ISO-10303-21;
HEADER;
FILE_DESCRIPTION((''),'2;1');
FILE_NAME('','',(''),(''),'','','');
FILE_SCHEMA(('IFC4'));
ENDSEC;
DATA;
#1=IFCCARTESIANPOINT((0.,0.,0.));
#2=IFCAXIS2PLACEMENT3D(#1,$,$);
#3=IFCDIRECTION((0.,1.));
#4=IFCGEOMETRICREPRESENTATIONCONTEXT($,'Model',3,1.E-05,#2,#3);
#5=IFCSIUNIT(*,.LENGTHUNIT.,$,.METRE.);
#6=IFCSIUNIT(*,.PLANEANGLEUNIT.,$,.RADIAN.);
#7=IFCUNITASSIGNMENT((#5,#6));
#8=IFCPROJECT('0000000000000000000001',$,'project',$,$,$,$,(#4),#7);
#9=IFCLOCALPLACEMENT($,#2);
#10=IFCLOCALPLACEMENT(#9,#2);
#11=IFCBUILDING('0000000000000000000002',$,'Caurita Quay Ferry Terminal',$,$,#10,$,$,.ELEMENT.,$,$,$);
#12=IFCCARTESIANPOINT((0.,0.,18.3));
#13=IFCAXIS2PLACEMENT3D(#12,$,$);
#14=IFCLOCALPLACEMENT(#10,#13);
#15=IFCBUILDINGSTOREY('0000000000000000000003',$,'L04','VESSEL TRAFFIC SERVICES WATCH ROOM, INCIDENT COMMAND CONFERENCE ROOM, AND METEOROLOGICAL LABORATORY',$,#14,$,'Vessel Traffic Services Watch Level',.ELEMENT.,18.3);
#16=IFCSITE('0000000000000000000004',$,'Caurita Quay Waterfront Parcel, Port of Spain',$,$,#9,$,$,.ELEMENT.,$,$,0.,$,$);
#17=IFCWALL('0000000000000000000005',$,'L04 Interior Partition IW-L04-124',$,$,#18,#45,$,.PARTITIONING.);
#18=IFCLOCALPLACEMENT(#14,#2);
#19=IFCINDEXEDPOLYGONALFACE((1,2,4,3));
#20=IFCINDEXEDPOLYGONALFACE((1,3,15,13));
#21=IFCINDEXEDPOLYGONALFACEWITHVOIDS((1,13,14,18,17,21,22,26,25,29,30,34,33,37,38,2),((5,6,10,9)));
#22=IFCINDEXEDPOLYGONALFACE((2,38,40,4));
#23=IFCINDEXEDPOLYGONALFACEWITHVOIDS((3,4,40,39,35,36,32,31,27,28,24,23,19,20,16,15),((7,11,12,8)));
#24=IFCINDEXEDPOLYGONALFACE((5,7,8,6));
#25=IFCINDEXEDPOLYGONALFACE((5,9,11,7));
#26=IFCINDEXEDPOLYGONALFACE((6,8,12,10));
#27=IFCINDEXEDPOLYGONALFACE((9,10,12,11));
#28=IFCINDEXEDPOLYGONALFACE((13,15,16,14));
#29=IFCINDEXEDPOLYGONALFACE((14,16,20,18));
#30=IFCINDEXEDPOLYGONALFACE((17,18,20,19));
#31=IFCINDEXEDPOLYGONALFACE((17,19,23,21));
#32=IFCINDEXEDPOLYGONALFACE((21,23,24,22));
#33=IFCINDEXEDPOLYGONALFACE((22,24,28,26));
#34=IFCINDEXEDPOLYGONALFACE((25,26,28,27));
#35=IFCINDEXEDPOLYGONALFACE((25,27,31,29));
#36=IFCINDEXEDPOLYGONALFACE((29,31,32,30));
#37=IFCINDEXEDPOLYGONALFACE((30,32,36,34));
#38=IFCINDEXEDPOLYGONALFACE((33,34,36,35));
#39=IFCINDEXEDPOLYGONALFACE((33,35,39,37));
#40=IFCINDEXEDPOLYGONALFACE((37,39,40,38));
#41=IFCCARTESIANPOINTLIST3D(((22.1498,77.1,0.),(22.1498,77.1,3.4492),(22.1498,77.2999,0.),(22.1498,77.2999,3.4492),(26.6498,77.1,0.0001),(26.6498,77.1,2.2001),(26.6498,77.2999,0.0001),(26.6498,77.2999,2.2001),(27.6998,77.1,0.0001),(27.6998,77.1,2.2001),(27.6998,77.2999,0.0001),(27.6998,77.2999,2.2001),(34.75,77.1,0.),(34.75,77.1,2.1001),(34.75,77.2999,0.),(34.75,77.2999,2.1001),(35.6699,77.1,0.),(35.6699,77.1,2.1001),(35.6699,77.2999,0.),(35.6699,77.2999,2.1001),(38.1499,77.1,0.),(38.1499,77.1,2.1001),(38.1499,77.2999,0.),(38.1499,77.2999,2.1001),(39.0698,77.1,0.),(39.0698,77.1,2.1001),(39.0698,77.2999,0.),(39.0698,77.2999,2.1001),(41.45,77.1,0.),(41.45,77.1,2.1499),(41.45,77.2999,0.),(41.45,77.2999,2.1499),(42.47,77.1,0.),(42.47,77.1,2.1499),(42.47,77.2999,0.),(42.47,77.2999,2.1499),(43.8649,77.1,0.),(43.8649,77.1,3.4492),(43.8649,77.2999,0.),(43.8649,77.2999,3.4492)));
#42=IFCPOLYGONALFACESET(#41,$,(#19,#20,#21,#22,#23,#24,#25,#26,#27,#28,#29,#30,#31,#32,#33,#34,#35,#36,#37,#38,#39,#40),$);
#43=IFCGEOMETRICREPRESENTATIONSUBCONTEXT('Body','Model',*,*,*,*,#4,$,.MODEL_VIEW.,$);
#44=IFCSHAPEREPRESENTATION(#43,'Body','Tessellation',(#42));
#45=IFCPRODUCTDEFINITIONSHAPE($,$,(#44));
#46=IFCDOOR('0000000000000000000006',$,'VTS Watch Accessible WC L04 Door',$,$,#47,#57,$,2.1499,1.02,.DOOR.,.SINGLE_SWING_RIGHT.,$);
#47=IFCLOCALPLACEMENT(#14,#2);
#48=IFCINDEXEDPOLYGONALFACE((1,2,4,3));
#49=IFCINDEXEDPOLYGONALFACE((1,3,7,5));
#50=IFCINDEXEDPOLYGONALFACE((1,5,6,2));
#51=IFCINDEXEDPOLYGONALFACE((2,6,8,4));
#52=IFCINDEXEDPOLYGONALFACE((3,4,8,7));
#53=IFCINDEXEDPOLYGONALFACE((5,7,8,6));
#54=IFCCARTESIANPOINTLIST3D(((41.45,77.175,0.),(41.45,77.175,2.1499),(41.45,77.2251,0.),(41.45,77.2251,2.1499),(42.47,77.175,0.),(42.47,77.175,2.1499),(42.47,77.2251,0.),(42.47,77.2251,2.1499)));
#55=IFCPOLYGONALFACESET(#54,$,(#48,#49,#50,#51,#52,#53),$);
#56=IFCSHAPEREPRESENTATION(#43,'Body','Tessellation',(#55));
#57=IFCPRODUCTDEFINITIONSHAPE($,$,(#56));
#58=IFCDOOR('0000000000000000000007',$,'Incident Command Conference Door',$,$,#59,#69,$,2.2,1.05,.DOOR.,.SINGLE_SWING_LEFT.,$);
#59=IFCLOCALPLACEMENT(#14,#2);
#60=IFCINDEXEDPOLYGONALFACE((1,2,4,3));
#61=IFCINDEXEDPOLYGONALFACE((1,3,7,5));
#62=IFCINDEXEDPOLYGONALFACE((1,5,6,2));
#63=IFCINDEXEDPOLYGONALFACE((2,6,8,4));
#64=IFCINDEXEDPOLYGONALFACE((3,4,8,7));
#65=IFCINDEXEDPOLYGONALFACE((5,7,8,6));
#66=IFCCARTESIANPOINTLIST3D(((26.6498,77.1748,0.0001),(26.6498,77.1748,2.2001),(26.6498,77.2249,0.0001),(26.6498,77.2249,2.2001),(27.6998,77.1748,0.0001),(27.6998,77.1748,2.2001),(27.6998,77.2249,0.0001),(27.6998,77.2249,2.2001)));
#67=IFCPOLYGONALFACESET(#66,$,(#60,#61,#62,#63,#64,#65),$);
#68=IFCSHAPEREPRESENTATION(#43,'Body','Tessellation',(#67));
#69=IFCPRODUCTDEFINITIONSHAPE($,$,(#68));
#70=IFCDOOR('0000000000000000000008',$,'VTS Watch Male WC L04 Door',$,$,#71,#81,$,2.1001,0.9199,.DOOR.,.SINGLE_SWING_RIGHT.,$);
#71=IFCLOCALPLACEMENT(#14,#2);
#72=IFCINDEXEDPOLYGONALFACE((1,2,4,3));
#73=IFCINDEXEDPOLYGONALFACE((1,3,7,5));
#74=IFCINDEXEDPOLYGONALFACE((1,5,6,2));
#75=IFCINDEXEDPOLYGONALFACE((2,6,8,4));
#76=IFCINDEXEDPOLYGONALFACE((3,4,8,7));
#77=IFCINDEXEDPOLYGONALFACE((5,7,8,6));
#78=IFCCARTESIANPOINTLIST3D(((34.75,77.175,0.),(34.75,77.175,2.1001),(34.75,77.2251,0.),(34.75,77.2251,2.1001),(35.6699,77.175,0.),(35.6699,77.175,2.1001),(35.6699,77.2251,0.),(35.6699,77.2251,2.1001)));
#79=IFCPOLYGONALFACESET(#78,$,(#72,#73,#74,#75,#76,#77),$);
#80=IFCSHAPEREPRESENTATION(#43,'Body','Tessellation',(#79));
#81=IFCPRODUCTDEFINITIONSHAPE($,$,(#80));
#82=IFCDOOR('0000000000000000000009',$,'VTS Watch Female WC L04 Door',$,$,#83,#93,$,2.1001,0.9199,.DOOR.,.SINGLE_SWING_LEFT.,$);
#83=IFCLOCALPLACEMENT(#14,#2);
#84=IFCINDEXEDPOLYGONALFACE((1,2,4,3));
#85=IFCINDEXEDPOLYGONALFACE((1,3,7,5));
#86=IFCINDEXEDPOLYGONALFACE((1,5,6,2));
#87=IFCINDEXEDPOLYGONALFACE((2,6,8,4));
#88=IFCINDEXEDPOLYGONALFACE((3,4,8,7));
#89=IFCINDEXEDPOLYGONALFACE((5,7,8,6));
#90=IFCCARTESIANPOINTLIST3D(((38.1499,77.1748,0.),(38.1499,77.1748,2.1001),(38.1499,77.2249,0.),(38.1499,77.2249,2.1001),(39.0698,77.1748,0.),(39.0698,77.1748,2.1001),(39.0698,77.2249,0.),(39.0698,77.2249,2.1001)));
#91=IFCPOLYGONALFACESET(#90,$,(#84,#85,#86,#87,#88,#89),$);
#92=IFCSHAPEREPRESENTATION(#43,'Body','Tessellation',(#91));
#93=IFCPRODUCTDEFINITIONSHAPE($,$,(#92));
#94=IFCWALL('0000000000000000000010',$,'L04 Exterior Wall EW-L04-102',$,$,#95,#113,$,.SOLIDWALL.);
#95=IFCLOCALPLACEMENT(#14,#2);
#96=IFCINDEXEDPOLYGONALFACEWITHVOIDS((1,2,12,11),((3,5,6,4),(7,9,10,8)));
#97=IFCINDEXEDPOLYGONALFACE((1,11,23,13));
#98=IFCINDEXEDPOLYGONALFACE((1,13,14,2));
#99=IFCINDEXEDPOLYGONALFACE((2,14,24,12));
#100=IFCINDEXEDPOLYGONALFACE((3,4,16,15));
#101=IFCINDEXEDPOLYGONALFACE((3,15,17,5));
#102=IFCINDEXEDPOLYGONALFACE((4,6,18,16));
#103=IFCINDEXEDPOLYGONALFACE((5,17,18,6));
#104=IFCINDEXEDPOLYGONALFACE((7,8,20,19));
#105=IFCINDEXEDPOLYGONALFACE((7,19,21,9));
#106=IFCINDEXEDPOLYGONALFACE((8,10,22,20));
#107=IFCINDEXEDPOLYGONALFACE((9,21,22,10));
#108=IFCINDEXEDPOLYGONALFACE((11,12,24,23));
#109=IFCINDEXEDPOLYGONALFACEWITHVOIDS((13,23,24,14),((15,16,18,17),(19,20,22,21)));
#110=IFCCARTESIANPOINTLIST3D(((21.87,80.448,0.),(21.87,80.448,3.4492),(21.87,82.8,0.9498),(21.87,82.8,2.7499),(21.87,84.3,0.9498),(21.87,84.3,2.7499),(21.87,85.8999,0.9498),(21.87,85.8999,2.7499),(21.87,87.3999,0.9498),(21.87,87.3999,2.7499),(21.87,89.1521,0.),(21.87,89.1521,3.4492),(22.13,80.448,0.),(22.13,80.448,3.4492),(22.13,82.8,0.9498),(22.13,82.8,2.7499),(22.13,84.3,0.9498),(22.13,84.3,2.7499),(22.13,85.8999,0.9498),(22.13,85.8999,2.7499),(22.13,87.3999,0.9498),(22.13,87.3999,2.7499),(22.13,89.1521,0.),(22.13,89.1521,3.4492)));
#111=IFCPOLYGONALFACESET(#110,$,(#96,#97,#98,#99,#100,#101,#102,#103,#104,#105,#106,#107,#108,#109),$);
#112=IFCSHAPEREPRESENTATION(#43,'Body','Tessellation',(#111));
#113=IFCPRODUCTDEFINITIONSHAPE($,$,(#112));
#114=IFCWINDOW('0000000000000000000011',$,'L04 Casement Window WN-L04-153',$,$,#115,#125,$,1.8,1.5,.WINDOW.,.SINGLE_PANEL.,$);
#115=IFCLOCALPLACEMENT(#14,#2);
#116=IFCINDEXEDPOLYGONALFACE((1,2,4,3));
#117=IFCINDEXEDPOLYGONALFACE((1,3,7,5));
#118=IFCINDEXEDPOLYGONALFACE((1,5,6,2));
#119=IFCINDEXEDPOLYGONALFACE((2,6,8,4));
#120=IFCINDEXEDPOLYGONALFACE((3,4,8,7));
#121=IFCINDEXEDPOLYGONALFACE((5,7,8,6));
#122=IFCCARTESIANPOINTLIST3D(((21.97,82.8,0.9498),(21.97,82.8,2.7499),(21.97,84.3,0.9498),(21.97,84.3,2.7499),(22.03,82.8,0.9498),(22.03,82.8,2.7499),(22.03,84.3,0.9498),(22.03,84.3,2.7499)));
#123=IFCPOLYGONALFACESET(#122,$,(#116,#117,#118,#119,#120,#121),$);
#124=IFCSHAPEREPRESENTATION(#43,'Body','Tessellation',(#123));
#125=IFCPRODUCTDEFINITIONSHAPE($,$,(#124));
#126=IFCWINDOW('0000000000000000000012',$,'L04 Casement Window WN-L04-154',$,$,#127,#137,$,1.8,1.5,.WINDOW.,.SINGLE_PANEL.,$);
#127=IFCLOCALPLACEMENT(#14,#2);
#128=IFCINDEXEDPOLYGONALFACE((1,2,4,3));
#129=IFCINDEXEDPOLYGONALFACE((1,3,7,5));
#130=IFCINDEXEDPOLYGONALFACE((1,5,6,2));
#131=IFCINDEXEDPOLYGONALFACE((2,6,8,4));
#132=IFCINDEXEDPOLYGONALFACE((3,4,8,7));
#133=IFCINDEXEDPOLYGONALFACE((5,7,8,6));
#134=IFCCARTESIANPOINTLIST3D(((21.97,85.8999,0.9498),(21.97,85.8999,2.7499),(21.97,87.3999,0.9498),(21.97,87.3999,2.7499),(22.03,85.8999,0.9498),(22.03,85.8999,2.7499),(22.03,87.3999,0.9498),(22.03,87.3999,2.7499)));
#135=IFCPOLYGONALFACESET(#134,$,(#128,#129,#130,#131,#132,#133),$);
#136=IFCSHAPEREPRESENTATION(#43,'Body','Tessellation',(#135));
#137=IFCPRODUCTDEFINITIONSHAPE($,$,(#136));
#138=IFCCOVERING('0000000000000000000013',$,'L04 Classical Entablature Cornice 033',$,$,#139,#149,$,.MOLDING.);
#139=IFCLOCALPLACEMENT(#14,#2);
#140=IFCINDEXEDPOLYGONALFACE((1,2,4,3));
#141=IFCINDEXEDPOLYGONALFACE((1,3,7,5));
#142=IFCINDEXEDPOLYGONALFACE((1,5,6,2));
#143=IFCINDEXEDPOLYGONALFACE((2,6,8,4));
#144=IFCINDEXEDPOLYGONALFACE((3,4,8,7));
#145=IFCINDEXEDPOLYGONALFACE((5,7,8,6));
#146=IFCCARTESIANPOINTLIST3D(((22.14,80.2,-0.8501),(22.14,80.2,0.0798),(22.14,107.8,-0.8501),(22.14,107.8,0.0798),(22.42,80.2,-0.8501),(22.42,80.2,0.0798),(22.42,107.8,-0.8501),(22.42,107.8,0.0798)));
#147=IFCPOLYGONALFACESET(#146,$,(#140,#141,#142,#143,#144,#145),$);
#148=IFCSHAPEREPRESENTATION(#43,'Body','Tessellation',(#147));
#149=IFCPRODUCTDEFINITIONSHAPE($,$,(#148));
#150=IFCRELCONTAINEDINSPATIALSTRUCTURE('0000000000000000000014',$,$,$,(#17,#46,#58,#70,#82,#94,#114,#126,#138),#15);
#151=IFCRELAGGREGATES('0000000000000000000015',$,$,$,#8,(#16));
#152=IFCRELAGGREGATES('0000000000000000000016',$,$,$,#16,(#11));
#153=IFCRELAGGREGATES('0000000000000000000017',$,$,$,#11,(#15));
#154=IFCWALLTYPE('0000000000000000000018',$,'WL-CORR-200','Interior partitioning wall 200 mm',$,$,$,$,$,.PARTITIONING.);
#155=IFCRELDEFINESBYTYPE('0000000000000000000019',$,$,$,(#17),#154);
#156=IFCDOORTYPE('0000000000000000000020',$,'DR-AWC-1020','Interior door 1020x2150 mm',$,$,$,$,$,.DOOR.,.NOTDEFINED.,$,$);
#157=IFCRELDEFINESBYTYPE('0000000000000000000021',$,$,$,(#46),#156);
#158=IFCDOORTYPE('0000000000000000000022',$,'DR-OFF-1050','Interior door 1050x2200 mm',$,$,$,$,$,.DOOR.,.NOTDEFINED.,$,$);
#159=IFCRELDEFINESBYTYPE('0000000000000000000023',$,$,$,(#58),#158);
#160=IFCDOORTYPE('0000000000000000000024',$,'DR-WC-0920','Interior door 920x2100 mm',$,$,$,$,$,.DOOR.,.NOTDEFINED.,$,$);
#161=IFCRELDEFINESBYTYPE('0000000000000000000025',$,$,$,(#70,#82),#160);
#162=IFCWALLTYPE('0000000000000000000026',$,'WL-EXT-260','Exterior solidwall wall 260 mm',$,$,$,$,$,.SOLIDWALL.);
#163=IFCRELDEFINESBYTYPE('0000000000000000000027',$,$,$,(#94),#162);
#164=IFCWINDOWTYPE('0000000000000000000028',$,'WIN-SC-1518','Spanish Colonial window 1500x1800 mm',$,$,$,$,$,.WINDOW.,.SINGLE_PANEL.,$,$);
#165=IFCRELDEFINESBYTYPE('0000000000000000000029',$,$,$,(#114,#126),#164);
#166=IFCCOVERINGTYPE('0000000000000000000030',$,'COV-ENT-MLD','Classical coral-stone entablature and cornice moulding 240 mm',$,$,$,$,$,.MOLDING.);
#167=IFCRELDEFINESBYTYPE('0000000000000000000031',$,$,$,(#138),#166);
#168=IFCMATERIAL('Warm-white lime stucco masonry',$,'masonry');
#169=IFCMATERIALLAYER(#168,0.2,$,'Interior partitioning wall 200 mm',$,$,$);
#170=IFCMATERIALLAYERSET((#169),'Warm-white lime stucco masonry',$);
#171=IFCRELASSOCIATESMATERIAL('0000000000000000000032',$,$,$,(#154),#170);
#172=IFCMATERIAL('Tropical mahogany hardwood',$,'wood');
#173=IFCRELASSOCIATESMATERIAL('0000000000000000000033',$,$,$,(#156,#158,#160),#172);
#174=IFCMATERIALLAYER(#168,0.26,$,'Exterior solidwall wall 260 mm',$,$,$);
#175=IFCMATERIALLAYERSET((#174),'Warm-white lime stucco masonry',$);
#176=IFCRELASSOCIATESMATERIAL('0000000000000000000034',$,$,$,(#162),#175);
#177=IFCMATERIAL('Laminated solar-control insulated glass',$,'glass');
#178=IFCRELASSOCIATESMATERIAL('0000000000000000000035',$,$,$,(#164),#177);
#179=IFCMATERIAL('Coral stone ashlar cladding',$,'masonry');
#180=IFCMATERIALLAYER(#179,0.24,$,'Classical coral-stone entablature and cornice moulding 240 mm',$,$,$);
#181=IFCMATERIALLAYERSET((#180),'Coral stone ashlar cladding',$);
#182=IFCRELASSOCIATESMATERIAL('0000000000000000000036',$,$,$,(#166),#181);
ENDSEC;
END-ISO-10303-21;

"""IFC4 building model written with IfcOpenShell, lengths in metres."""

from ifc_helpers import new_model, si_unit, direction, frame, frame_2d, origin, place, context, subcontext, project, spatial, rectangle, extrude, material, layer, layer_set, type_object, element, fill, save


model = new_model("IFC4")

# Units and contexts
model_context = context("Model", 3, precision=1e-05, world=origin(), true_north=direction((0.0, 1.0)))
body_context = subcontext(model_context, "Body", "Model", "MODEL_VIEW")
ifc_project = project(units=[si_unit("LENGTHUNIT", "METRE"), si_unit("PLANEANGLEUNIT", "RADIAN")], contexts=[model_context])

# Site, building, storey
site_placement = place(None, origin())
site = spatial("IfcSite", under=ifc_project, at=site_placement, Name="Caurita Quay Waterfront Parcel, Port of Spain", CompositionType="ELEMENT", RefElevation=0.0)
building_placement = place(site_placement, origin())
building = spatial("IfcBuilding", under=site, at=building_placement, Name="Caurita Quay Ferry Terminal", CompositionType="ELEMENT")
storey_placement = place(building_placement, frame((0.0, 0.0, 18.3)))
storey = spatial("IfcBuildingStorey", under=building, at=storey_placement, Name="L04", Description="VESSEL TRAFFIC SERVICES WATCH ROOM, INCIDENT COMMAND CONFERENCE ROOM, AND METEOROLOGICAL LABORATORY", LongName="Vessel Traffic Services Watch Level", CompositionType="ELEMENT", Elevation=18.3)

# Shared definitions
ifc_material_1 = material(Name="Laminated solar-control insulated glass", Category="glass")

# Shared definitions
ifc_material_2 = material(Name="Warm-white lime stucco masonry", Category="masonry")

# Wall, openings, doors
ifc_layer_1 = layer(ifc_material_2, 0.2, Name="Interior partitioning wall 200 mm")
ifc_layer_set_1 = layer_set([ifc_layer_1], Name="Warm-white lime stucco masonry")
wall_type_1 = type_object("IfcWallType", Name="WL-CORR-200", Description="Interior partitioning wall 200 mm", PredefinedType="PARTITIONING", material=ifc_layer_set_1)
wall_1_placement = place(storey_placement, frame((22.1499, 77.2, 0.0), z_axis=(0.0, 0.0, 1.0), x_axis=(1.0, 0.0, 0.0)))
wall_1 = element("IfcWall", 1, at=wall_1_placement, inside=storey, type_object=wall_type_1, Name="L04 Interior Partition IW-L04-124", PredefinedType="PARTITIONING", context=body_context, shape_type="SweptSolid", body=[
    extrude(rectangle(XDim=21.7151, YDim=0.2, at=frame_2d((10.8574, 0.0))), origin(), (0.0, 0.0, 1.0), 3.4492),
])
opening_1_placement = place(wall_1_placement, frame((4.5, 0.0, 0.0)))
opening_1 = element("IfcOpeningElement", 2, at=opening_1_placement, cuts=wall_1, PredefinedType="OPENING", context=body_context, shape_type="SweptSolid", body=[
    extrude(rectangle(XDim=1.05, YDim=2.2, at=frame_2d((0.5249, 1.1001))), frame((0.0, 0.1099, 0.0), z_axis=(0.0, -1.0, 0.0), x_axis=(1.0, 0.0, 0.0)), (0.0, 0.0, 1.0), 0.22),
])
opening_2_placement = place(wall_1_placement, frame((12.6001, 0.0, 0.0)))
opening_2 = element("IfcOpeningElement", 3, at=opening_2_placement, cuts=wall_1, PredefinedType="OPENING", context=body_context, shape_type="SweptSolid", body=[
    extrude(rectangle(XDim=0.9199, YDim=2.1001, at=frame_2d((0.46, 1.05))), frame((0.0, 0.1099, 0.0), z_axis=(0.0, -1.0, 0.0), x_axis=(1.0, 0.0, 0.0)), (0.0, 0.0, 1.0), 0.22),
])
opening_3_placement = place(wall_1_placement, frame((16.0, 0.0, 0.0)))
opening_3 = element("IfcOpeningElement", 4, at=opening_3_placement, cuts=wall_1, PredefinedType="OPENING", context=body_context, shape_type="SweptSolid", body=[
    extrude(rectangle(XDim=0.9199, YDim=2.1001, at=frame_2d((0.46, 1.05))), frame((0.0, 0.1099, 0.0), z_axis=(0.0, -1.0, 0.0), x_axis=(1.0, 0.0, 0.0)), (0.0, 0.0, 1.0), 0.22),
])
opening_4_placement = place(wall_1_placement, frame((19.3, 0.0, 0.0)))
opening_4 = element("IfcOpeningElement", 5, at=opening_4_placement, cuts=wall_1, PredefinedType="OPENING", context=body_context, shape_type="SweptSolid", body=[
    extrude(rectangle(XDim=1.02, YDim=2.1499, at=frame_2d((0.51, 1.075))), frame((0.0, 0.1099, 0.0), z_axis=(0.0, -1.0, 0.0), x_axis=(1.0, 0.0, 0.0)), (0.0, 0.0, 1.0), 0.22),
])
ifc_material_3 = material(Name="Tropical mahogany hardwood", Category="wood")
door_type_1 = type_object("IfcDoorType", Name="DR-AWC-1020", Description="Interior door 1020x2150 mm", OperationType="NOTDEFINED", PredefinedType="DOOR", material=ifc_material_3)
door_1_placement = place(opening_4_placement, frame((1.02, 0.0, 0.0), z_axis=(0.0, 0.0, 1.0), x_axis=(-1.0, 0.0, 0.0)))
door_1 = element("IfcDoor", 6, at=door_1_placement, inside=storey, type_object=door_type_1, Name="VTS Watch Accessible WC L04 Door", OperationType="SINGLE_SWING_RIGHT", OverallHeight=2.1499, OverallWidth=1.02, PredefinedType="DOOR", context=body_context, shape_type="SweptSolid", body=[
    extrude(rectangle(XDim=1.02, YDim=2.1499, at=frame_2d((0.51, 1.075))), frame((0.0, 0.0249, 0.0), z_axis=(0.0, -1.0, 0.0), x_axis=(1.0, 0.0, 0.0)), (0.0, 0.0, 1.0), 0.05),
])
fill(opening_4, door_1)
door_type_2 = type_object("IfcDoorType", Name="DR-OFF-1050", Description="Interior door 1050x2200 mm", OperationType="NOTDEFINED", PredefinedType="DOOR", material=ifc_material_3)
door_2_placement = place(opening_1_placement, origin())
door_2 = element("IfcDoor", 7, at=door_2_placement, inside=storey, type_object=door_type_2, Name="Incident Command Conference Door", OperationType="SINGLE_SWING_LEFT", OverallHeight=2.2, OverallWidth=1.05, PredefinedType="DOOR", context=body_context, shape_type="SweptSolid", body=[
    extrude(rectangle(XDim=1.05, YDim=2.2, at=frame_2d((0.5249, 1.1001))), frame((0.0, 0.0249, 0.0), z_axis=(0.0, -1.0, 0.0), x_axis=(1.0, 0.0, 0.0)), (0.0, 0.0, 1.0), 0.05),
])
fill(opening_1, door_2)
door_type_3 = type_object("IfcDoorType", Name="DR-WC-0920", Description="Interior door 920x2100 mm", OperationType="NOTDEFINED", PredefinedType="DOOR", material=ifc_material_3)
door_3_placement = place(opening_2_placement, frame((0.9199, 0.0, 0.0), z_axis=(0.0, 0.0, 1.0), x_axis=(-1.0, 0.0, 0.0)))
door_3 = element("IfcDoor", 8, at=door_3_placement, inside=storey, type_object=door_type_3, Name="VTS Watch Male WC L04 Door", OperationType="SINGLE_SWING_RIGHT", OverallHeight=2.1001, OverallWidth=0.9199, PredefinedType="DOOR", context=body_context, shape_type="SweptSolid", body=[
    extrude(rectangle(XDim=0.9199, YDim=2.1001, at=frame_2d((0.46, 1.05))), frame((0.0, 0.0249, 0.0), z_axis=(0.0, -1.0, 0.0), x_axis=(1.0, 0.0, 0.0)), (0.0, 0.0, 1.0), 0.05),
])
fill(opening_2, door_3)
door_4_placement = place(opening_3_placement, origin())
door_4 = element("IfcDoor", 9, at=door_4_placement, inside=storey, type_object=door_type_3, Name="VTS Watch Female WC L04 Door", OperationType="SINGLE_SWING_LEFT", OverallHeight=2.1001, OverallWidth=0.9199, PredefinedType="DOOR", context=body_context, shape_type="SweptSolid", body=[
    extrude(rectangle(XDim=0.9199, YDim=2.1001, at=frame_2d((0.46, 1.05))), frame((0.0, 0.0249, 0.0), z_axis=(0.0, -1.0, 0.0), x_axis=(1.0, 0.0, 0.0)), (0.0, 0.0, 1.0), 0.05),
])
fill(opening_3, door_4)

# Wall, openings, windows
ifc_layer_2 = layer(ifc_material_2, 0.26, Name="Exterior solidwall wall 260 mm")
ifc_layer_set_2 = layer_set([ifc_layer_2], Name="Warm-white lime stucco masonry")
wall_type_2 = type_object("IfcWallType", Name="WL-EXT-260", Description="Exterior solidwall wall 260 mm", PredefinedType="SOLIDWALL", material=ifc_layer_set_2)
wall_2_placement = place(storey_placement, frame((22.0, 80.448, 0.0), z_axis=(0.0, 0.0, 1.0), x_axis=(0.0, 1.0, 0.0)))
wall_2 = element("IfcWall", 10, at=wall_2_placement, inside=storey, type_object=wall_type_2, Name="L04 Exterior Wall EW-L04-102", PredefinedType="SOLIDWALL", context=body_context, shape_type="SweptSolid", body=[
    extrude(rectangle(XDim=8.7041, YDim=0.26, at=frame_2d((4.3521, 0.0))), origin(), (0.0, 0.0, 1.0), 3.4492),
])
opening_5_placement = place(wall_2_placement, frame((2.3521, 0.0, 0.95)))
opening_5 = element("IfcOpeningElement", 11, at=opening_5_placement, cuts=wall_2, PredefinedType="OPENING", context=body_context, shape_type="SweptSolid", body=[
    extrude(rectangle(XDim=1.5, YDim=1.8, at=frame_2d((0.75, 0.8999))), frame((0.0, 0.1399, 0.0), z_axis=(0.0, -1.0, 0.0), x_axis=(1.0, 0.0, 0.0)), (0.0, 0.0, 1.0), 0.28),
])
opening_6_placement = place(wall_2_placement, frame((5.4519, 0.0, 0.95)))
opening_6 = element("IfcOpeningElement", 12, at=opening_6_placement, cuts=wall_2, PredefinedType="OPENING", context=body_context, shape_type="SweptSolid", body=[
    extrude(rectangle(XDim=1.5, YDim=1.8, at=frame_2d((0.75, 0.8999))), frame((0.0, 0.1399, 0.0), z_axis=(0.0, -1.0, 0.0), x_axis=(1.0, 0.0, 0.0)), (0.0, 0.0, 1.0), 0.28),
])
window_type = type_object("IfcWindowType", Name="WIN-SC-1518", Description="Spanish Colonial window 1500x1800 mm", PartitioningType="SINGLE_PANEL", PredefinedType="WINDOW", material=ifc_material_1)
window_1_placement = place(opening_5_placement, origin())
window_1 = element("IfcWindow", 13, at=window_1_placement, inside=storey, type_object=window_type, Name="L04 Casement Window WN-L04-153", OverallHeight=1.8, OverallWidth=1.5, PartitioningType="SINGLE_PANEL", PredefinedType="WINDOW", context=body_context, shape_type="SweptSolid", body=[
    extrude(rectangle(XDim=1.5, YDim=1.8, at=frame_2d((0.75, 0.8999))), frame((0.0, 0.03, 0.0), z_axis=(0.0, -1.0, 0.0), x_axis=(1.0, 0.0, 0.0)), (0.0, 0.0, 1.0), 0.0601),
])
fill(opening_5, window_1)
window_2_placement = place(opening_6_placement, origin())
window_2 = element("IfcWindow", 14, at=window_2_placement, inside=storey, type_object=window_type, Name="L04 Casement Window WN-L04-154", OverallHeight=1.8, OverallWidth=1.5, PartitioningType="SINGLE_PANEL", PredefinedType="WINDOW", context=body_context, shape_type="SweptSolid", body=[
    extrude(rectangle(XDim=1.5, YDim=1.8, at=frame_2d((0.75, 0.8999))), frame((0.0, 0.03, 0.0), z_axis=(0.0, -1.0, 0.0), x_axis=(1.0, 0.0, 0.0)), (0.0, 0.0, 1.0), 0.0601),
])
fill(opening_6, window_2)

# Covering
ifc_material_4 = material(Name="Coral stone ashlar cladding", Category="masonry")
ifc_layer_3 = layer(ifc_material_4, 0.24, Name="Classical coral-stone entablature and cornice moulding 240 mm")
ifc_layer_set_3 = layer_set([ifc_layer_3], Name="Coral stone ashlar cladding")
covering_type_1 = type_object("IfcCoveringType", Name="COV-ENT-MLD", Description="Classical coral-stone entablature and cornice moulding 240 mm", PredefinedType="MOLDING", material=ifc_layer_set_3)
covering_1_placement = place(storey_placement, frame((22.28, 80.2, -0.8501), z_axis=(0.0, 0.0, 1.0), x_axis=(0.0, 1.0, 0.0)))
element("IfcCovering", 15, at=covering_1_placement, inside=storey, type_object=covering_type_1, Name="L04 Classical Entablature Cornice 033", PredefinedType="MOLDING", context=body_context, shape_type="SweptSolid", body=[
    extrude(rectangle(XDim=27.6001, YDim=0.28, at=frame_2d((13.8, 0.0))), origin(), (0.0, 0.0, 1.0), 0.9299),
])

save(model, "model.ifc")
